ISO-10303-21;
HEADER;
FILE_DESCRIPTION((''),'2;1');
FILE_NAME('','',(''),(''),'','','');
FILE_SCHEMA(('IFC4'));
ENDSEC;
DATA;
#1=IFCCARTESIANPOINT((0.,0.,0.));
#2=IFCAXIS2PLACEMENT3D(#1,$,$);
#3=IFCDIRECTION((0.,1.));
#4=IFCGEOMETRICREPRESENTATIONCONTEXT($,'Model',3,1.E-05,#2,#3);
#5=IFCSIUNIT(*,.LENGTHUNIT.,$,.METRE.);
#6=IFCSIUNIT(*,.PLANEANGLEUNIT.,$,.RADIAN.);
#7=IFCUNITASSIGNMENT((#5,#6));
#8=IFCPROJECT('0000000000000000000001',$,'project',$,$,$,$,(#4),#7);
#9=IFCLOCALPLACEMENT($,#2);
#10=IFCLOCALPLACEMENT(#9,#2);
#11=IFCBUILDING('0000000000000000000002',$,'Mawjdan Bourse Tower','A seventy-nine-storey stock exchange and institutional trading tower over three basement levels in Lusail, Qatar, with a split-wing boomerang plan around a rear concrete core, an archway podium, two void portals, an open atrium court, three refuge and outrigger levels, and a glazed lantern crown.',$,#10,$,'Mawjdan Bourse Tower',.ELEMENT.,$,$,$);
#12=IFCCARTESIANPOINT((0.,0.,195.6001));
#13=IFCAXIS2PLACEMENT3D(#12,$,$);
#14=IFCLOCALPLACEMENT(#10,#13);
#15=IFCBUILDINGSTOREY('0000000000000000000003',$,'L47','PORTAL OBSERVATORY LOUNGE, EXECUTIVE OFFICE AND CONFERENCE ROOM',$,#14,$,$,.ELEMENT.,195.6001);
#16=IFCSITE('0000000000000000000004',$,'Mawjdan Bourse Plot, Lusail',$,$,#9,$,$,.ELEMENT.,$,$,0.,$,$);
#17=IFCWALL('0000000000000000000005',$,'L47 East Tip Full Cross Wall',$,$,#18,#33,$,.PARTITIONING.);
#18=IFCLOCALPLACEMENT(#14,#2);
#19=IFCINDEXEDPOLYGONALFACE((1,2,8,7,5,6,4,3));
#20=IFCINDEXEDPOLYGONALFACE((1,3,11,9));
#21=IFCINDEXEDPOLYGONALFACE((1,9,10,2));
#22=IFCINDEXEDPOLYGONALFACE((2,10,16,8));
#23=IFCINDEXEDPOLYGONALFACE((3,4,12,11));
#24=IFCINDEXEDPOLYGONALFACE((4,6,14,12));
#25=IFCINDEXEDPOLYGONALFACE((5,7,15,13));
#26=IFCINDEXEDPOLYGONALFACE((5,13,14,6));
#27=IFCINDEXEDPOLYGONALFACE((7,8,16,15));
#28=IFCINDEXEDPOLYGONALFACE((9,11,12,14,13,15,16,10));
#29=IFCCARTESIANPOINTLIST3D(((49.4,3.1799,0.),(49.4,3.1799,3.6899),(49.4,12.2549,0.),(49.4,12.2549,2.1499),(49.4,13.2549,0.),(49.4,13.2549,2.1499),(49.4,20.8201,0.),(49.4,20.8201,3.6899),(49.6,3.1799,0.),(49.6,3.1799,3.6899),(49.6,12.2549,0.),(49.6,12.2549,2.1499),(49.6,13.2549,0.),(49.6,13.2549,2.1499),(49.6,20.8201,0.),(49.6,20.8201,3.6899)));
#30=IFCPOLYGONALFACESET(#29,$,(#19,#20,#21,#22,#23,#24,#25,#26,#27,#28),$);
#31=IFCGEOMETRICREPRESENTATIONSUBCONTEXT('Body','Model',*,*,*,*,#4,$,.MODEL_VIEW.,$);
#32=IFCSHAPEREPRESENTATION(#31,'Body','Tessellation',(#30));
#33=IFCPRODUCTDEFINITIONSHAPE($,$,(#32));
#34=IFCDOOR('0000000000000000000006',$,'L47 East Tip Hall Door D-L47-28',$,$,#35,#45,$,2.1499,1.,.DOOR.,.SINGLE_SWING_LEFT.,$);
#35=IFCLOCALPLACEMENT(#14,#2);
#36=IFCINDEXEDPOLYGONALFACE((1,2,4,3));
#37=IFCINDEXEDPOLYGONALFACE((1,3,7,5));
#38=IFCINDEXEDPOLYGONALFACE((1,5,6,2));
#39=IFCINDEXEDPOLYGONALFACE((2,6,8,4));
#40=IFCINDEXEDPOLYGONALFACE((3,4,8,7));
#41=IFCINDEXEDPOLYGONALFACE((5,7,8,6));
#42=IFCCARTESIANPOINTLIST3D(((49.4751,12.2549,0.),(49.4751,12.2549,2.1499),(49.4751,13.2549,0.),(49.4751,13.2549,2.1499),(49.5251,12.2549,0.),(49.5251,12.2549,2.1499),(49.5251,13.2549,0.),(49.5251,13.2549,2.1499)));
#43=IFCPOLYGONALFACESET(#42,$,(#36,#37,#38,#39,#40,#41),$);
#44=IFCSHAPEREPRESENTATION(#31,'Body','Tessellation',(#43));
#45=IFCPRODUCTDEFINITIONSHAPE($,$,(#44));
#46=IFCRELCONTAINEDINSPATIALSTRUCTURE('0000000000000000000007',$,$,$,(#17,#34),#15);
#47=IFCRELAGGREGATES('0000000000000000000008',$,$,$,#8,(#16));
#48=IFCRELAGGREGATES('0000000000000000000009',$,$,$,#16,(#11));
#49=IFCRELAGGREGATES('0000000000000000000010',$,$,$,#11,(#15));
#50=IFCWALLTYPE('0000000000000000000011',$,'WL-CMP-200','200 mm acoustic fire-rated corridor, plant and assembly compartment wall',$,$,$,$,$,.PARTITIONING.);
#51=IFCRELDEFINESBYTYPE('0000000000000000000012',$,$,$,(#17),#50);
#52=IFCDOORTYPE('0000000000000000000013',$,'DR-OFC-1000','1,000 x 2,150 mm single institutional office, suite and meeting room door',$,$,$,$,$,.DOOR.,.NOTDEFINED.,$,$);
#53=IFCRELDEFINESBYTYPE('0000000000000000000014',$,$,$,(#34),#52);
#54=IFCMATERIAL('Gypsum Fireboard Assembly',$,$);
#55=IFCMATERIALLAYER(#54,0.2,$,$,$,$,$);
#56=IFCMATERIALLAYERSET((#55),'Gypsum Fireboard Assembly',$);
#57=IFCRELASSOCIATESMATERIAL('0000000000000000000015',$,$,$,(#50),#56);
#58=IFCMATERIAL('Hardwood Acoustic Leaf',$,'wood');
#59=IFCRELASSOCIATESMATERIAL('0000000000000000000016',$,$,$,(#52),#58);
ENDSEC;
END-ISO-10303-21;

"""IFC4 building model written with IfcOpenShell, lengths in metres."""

from ifc_helpers import new_model, si_unit, direction, frame, frame_2d, origin, place, context, subcontext, project, spatial, rectangle, extrude, material, layer, layer_set, type_object, element, fill, save


model = new_model("IFC4")

# Units and contexts
model_context = context("Model", 3, precision=1e-05, world=origin(), true_north=direction((0.0, 1.0)))
body_context = subcontext(model_context, "Body", "Model", "MODEL_VIEW")
ifc_project = project(units=[si_unit("LENGTHUNIT", "METRE"), si_unit("PLANEANGLEUNIT", "RADIAN")], contexts=[model_context])

# Site, building, storey
site_placement = place(None, origin())
site = spatial("IfcSite", under=ifc_project, at=site_placement, Name="Mawjdan Bourse Plot, Lusail", CompositionType="ELEMENT", RefElevation=0.0)
building_placement = place(site_placement, origin())
building = spatial("IfcBuilding", under=site, at=building_placement, Name="Mawjdan Bourse Tower", Description="A seventy-nine-storey stock exchange and institutional trading tower over three basement levels in Lusail, Qatar, with a split-wing boomerang plan around a rear concrete core, an archway podium, two void portals, an open atrium court, three refuge and outrigger levels, and a glazed lantern crown.", LongName="Mawjdan Bourse Tower", CompositionType="ELEMENT")
storey_placement = place(building_placement, frame((0.0, 0.0, 195.6001)))
storey = spatial("IfcBuildingStorey", under=building, at=storey_placement, Name="L47", Description="PORTAL OBSERVATORY LOUNGE, EXECUTIVE OFFICE AND CONFERENCE ROOM", CompositionType="ELEMENT", Elevation=195.6001)

# Wall, opening, door
ifc_material_1 = material(Name="Gypsum Fireboard Assembly")
ifc_layer_1 = layer(ifc_material_1, 0.2)
ifc_layer_set_1 = layer_set([ifc_layer_1], Name="Gypsum Fireboard Assembly")
wall_type_1 = type_object("IfcWallType", Name="WL-CMP-200", Description="200 mm acoustic fire-rated corridor, plant and assembly compartment wall", PredefinedType="PARTITIONING", material=ifc_layer_set_1)
wall_1_placement = place(storey_placement, frame((49.5, 3.1799, 0.0), z_axis=(0.0, 0.0, 1.0), x_axis=(0.0, 1.0, 0.0)))
wall_1 = element("IfcWall", 1, at=wall_1_placement, inside=storey, type_object=wall_type_1, Name="L47 East Tip Full Cross Wall", PredefinedType="PARTITIONING", context=body_context, shape_type="SweptSolid", body=[
    extrude(rectangle(XDim=17.6401, YDim=0.2, at=frame_2d((8.8201, 0.0))), origin(), (0.0, 0.0, 1.0), 3.6899),
])
opening_1_placement = place(wall_1_placement, frame((9.075, 0.0, 0.0)))
opening_1 = element("IfcOpeningElement", 2, at=opening_1_placement, cuts=wall_1, PredefinedType="OPENING", context=body_context, shape_type="SweptSolid", body=[
    extrude(rectangle(XDim=1.0, YDim=2.1499, at=frame_2d((0.5, 1.075))), frame((0.0, 0.1099, 0.0), z_axis=(0.0, -1.0, 0.0), x_axis=(1.0, 0.0, 0.0)), (0.0, 0.0, 1.0), 0.22),
])
ifc_material_2 = material(Name="Hardwood Acoustic Leaf", Category="wood")
door_type = type_object("IfcDoorType", Name="DR-OFC-1000", Description="1,000 x 2,150 mm single institutional office, suite and meeting room door", OperationType="NOTDEFINED", PredefinedType="DOOR", material=ifc_material_2)
door_placement = place(opening_1_placement, origin())
door = element("IfcDoor", 3, at=door_placement, inside=storey, type_object=door_type, Name="L47 East Tip Hall Door D-L47-28", OperationType="SINGLE_SWING_LEFT", OverallHeight=2.1499, OverallWidth=1.0, PredefinedType="DOOR", context=body_context, shape_type="SweptSolid", body=[
    extrude(rectangle(XDim=1.0, YDim=2.1499, at=frame_2d((0.5, 1.075))), frame((0.0, 0.0249, 0.0), z_axis=(0.0, -1.0, 0.0), x_axis=(1.0, 0.0, 0.0)), (0.0, 0.0, 1.0), 0.05),
])
fill(opening_1, door)

save(model, "model.ifc")
